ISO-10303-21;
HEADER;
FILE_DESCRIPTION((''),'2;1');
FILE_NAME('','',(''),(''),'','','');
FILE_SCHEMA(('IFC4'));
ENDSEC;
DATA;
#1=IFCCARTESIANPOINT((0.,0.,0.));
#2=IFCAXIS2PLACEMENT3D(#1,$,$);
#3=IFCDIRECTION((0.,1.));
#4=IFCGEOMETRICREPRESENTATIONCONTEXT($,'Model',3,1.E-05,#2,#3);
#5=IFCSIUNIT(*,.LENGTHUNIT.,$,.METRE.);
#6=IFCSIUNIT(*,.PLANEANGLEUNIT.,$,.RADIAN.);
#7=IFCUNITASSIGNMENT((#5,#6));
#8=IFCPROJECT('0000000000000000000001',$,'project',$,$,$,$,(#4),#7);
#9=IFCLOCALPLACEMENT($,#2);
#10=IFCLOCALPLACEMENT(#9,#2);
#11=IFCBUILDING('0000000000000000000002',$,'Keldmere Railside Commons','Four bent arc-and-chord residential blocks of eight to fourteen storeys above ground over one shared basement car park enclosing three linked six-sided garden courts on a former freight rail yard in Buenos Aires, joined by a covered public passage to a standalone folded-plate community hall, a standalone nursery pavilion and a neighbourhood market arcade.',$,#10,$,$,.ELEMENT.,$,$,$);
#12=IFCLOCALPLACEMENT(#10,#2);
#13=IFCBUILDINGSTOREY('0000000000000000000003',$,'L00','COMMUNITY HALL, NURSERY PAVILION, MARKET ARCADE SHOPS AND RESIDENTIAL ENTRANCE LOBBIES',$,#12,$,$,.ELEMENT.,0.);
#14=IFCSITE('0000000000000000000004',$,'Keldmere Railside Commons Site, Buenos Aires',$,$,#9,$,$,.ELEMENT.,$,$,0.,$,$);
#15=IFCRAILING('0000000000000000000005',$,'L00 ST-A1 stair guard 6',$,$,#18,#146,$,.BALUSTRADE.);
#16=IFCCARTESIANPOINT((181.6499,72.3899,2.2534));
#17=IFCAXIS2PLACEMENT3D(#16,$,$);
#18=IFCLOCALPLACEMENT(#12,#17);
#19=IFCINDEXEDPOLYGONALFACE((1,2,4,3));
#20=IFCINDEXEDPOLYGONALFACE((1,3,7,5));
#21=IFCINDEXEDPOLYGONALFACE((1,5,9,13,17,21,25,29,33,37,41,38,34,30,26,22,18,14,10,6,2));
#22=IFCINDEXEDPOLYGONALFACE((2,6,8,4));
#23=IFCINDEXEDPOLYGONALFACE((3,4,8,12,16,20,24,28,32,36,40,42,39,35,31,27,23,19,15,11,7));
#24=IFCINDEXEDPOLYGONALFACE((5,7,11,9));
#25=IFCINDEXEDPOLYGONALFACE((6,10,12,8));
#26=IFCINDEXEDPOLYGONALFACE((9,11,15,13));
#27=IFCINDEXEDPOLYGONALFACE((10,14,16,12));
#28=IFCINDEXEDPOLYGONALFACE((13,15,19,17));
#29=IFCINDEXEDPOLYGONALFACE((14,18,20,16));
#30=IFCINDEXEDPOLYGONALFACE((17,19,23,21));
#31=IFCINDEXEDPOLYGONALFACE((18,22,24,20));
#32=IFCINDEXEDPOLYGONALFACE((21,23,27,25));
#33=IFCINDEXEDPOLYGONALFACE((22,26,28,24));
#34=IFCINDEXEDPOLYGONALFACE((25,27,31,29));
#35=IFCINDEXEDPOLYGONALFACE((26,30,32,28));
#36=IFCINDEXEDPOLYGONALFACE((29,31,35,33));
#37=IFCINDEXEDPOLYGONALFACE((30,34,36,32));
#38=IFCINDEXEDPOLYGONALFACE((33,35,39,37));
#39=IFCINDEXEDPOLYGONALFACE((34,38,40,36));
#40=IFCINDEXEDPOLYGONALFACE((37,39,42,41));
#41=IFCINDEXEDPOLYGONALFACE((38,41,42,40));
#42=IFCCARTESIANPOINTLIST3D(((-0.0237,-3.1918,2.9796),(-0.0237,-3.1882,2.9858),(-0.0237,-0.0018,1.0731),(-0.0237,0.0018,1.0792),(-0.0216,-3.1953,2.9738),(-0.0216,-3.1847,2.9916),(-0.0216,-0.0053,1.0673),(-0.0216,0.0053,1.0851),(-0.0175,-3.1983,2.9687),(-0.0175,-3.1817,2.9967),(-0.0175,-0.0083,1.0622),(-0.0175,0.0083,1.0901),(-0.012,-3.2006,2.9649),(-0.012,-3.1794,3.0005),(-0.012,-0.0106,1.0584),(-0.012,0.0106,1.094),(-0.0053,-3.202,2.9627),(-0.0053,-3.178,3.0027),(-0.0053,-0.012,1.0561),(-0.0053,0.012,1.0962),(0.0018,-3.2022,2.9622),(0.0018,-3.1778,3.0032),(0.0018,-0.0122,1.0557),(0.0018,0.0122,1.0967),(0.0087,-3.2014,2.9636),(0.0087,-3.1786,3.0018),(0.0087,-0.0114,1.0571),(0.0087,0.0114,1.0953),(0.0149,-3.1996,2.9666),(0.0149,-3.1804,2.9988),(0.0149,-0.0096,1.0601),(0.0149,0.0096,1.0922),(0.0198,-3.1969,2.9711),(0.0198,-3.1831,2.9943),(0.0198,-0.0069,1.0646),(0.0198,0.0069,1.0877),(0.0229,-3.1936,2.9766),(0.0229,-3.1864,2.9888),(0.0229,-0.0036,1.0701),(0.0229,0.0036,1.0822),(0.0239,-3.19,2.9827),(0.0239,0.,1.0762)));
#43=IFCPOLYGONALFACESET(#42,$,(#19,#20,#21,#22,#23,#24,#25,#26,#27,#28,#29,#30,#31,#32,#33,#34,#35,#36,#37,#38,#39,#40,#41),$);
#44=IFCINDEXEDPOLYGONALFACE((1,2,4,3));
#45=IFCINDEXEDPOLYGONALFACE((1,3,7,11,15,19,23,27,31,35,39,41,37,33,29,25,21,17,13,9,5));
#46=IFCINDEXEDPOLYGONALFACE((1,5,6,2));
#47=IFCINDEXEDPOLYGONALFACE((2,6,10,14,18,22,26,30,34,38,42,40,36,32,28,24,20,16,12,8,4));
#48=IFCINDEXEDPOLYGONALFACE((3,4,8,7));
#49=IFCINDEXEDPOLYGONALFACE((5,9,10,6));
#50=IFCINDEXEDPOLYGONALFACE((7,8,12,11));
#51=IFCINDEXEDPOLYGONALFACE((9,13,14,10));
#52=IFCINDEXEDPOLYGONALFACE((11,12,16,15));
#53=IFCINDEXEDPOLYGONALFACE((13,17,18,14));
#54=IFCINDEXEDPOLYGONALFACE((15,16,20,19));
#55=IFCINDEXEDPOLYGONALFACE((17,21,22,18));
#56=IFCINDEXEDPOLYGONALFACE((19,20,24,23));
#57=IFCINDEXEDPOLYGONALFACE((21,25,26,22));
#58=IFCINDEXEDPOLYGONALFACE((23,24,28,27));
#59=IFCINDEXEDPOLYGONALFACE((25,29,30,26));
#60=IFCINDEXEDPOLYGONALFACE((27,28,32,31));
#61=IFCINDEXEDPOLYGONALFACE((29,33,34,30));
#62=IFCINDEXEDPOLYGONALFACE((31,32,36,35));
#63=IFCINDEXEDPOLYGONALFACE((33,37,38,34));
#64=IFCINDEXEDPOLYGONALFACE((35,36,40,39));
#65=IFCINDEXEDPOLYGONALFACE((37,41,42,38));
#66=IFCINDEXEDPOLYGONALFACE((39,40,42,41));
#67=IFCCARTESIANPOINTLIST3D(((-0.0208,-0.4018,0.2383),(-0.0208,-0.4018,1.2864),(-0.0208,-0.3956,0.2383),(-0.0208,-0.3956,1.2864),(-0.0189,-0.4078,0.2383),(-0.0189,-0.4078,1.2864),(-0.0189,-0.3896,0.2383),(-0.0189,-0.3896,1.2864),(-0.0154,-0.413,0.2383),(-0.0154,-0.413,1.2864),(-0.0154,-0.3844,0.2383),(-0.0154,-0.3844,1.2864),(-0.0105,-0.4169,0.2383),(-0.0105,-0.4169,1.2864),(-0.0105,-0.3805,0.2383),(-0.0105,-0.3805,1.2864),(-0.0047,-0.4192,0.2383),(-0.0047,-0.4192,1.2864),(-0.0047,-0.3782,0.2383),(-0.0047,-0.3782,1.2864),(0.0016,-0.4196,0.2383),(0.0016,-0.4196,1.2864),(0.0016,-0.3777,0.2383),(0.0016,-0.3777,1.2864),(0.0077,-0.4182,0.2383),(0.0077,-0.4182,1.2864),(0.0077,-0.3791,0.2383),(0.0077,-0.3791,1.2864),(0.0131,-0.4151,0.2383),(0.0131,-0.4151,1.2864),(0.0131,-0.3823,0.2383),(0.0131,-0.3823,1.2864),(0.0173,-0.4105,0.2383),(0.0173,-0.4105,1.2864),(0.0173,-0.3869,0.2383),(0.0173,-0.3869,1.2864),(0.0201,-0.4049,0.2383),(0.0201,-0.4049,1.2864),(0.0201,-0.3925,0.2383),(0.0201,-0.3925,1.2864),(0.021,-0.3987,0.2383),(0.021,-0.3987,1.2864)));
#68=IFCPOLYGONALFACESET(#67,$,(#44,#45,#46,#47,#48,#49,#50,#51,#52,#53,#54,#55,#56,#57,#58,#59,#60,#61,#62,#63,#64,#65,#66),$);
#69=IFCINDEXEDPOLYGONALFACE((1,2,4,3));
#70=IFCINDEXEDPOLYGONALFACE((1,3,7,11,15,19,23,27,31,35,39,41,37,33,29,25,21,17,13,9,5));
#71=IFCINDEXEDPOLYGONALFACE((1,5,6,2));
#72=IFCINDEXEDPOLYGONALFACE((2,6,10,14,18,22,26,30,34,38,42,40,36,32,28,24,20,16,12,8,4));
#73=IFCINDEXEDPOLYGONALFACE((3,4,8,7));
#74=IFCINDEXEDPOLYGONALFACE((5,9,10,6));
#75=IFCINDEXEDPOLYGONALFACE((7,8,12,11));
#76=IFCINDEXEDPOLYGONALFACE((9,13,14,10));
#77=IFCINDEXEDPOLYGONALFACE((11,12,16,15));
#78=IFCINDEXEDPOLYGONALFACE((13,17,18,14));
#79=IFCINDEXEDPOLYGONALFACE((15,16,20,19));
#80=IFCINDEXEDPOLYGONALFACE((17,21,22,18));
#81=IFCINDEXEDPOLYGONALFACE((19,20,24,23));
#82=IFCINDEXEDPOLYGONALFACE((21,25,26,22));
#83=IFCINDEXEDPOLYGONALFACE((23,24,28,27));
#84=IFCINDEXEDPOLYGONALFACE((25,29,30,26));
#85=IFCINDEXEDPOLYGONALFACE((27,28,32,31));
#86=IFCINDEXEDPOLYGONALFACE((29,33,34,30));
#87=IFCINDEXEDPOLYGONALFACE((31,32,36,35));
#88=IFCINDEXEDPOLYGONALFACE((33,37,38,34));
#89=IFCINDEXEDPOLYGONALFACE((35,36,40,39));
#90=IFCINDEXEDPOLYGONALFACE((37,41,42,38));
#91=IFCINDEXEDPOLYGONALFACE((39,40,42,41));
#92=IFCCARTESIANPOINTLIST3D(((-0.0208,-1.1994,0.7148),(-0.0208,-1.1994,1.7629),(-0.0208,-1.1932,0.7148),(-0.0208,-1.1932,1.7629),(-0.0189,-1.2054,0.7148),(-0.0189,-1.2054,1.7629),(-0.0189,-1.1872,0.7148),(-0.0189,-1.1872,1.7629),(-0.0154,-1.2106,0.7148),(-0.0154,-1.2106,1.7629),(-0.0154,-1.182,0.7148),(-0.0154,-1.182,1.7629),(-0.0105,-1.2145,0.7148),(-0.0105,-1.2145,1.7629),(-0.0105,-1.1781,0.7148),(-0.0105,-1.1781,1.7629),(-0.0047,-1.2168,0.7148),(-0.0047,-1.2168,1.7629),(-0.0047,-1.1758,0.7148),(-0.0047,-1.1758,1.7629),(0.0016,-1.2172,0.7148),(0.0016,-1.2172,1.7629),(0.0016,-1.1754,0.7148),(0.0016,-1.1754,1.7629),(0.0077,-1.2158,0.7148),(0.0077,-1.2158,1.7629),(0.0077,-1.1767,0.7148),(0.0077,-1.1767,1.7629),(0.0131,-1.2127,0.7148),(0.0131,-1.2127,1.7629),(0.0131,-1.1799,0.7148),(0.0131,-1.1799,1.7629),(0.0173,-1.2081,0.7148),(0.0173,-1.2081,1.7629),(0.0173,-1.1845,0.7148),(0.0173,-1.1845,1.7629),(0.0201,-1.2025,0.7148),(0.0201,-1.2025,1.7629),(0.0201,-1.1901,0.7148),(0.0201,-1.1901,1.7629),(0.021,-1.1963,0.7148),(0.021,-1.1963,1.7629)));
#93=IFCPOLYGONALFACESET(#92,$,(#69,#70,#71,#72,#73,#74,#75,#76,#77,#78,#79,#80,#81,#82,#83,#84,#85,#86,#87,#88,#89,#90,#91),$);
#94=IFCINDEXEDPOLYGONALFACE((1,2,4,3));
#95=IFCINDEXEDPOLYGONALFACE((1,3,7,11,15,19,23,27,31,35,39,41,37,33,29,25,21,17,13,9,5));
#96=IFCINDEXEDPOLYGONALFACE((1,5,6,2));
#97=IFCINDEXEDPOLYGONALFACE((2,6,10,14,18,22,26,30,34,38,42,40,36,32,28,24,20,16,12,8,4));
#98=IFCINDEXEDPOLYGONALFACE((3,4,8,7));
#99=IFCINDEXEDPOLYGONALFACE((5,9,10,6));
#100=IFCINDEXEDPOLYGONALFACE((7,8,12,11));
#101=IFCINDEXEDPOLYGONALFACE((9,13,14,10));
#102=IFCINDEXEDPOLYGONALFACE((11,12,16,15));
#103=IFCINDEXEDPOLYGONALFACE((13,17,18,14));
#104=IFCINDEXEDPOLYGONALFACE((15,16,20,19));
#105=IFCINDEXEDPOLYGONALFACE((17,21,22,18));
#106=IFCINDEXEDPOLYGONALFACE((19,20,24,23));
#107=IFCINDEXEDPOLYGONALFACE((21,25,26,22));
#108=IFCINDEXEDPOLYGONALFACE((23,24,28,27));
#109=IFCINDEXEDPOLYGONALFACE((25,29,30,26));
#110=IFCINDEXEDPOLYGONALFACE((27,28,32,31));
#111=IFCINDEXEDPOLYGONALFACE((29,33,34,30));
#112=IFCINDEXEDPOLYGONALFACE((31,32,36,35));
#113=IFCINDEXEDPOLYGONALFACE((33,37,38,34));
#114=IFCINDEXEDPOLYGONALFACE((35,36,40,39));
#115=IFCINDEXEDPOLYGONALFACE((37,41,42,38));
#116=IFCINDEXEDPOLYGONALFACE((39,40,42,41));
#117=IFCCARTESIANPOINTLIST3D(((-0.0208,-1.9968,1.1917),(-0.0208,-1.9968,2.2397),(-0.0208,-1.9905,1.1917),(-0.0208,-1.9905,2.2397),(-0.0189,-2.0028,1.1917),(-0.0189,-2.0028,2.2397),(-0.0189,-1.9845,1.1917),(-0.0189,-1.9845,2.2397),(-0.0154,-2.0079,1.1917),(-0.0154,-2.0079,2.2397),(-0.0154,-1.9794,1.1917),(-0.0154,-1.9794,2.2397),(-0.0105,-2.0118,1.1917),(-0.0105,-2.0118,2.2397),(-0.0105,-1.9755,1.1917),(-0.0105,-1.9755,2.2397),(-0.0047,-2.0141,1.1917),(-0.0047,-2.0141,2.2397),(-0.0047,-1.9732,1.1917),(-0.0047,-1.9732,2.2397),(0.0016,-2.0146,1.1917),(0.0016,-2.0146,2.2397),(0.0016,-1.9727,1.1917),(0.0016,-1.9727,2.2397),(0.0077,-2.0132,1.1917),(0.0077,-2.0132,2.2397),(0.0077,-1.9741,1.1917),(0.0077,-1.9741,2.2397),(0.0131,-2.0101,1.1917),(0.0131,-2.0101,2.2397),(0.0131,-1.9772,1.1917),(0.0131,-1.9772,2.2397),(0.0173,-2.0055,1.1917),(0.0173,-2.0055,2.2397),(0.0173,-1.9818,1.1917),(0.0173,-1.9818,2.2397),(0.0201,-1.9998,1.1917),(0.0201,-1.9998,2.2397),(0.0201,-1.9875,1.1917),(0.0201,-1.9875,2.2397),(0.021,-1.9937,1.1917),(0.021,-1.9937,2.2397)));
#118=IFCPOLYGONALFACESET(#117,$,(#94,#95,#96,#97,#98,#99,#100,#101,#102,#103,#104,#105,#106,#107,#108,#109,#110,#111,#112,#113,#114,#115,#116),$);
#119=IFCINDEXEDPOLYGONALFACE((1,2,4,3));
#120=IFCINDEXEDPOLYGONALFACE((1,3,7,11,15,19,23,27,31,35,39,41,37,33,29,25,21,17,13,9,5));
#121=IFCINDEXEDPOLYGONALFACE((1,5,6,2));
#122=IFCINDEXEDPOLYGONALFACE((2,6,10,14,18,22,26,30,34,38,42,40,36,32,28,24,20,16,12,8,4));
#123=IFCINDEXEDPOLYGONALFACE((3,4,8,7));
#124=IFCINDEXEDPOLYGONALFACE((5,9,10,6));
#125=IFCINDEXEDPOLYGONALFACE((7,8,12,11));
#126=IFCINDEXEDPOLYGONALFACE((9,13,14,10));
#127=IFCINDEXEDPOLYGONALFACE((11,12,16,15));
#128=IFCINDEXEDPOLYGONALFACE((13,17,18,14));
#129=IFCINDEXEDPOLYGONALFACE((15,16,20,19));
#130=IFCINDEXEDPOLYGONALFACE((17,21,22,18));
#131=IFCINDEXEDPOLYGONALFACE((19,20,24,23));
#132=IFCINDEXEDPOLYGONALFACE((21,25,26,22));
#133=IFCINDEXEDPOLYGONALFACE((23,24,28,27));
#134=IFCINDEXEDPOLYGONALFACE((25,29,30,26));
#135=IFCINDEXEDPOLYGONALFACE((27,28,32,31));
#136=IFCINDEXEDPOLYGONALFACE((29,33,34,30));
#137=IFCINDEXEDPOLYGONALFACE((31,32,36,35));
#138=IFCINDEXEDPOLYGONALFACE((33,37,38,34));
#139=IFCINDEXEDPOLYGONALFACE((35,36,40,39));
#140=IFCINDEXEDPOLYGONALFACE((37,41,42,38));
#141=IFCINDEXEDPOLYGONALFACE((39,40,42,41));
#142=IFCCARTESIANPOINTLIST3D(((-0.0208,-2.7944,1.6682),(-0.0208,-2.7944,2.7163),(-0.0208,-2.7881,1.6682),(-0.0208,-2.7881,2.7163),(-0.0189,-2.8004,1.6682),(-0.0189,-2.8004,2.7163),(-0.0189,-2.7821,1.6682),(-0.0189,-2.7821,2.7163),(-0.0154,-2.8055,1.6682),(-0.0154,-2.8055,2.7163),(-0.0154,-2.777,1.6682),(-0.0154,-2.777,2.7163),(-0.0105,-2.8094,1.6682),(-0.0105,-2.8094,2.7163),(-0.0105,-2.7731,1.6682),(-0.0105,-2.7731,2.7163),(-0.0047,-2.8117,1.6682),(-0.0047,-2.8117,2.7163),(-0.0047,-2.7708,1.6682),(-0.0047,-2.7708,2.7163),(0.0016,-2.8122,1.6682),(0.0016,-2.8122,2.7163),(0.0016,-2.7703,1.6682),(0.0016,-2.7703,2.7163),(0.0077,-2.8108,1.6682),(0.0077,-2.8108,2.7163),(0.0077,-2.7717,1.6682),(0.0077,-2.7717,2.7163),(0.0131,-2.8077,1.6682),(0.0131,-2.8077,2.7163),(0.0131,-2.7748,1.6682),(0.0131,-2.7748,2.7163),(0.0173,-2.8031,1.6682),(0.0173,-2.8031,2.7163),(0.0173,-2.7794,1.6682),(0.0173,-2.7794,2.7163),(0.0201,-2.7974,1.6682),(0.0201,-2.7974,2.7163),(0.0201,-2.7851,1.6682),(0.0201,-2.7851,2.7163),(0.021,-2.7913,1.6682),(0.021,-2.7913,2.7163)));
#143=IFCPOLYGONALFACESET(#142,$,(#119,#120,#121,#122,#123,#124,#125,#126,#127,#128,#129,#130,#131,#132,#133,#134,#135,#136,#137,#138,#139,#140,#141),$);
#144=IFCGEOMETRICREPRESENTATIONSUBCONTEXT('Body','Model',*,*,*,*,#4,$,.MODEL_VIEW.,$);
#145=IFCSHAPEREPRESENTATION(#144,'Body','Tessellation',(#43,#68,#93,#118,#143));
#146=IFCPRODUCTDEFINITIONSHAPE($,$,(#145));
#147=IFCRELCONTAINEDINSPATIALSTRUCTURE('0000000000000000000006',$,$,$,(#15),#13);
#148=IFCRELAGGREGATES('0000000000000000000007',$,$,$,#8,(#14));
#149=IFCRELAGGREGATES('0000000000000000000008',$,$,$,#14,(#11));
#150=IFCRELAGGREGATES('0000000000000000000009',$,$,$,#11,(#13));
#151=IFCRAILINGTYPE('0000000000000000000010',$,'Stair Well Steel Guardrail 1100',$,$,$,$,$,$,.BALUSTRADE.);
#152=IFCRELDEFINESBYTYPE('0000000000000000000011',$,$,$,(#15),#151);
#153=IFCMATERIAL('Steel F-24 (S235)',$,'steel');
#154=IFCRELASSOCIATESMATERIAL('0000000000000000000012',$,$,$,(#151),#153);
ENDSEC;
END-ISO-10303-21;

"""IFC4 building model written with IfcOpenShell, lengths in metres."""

from ifc_helpers import new_model, si_unit, direction, frame, origin, origin_2d, place, context, subcontext, project, spatial, circle, extrude, material, type_object, element, save


model = new_model("IFC4")

# Units and contexts
model_context = context("Model", 3, precision=1e-05, world=origin(), true_north=direction((0.0, 1.0)))
body_context = subcontext(model_context, "Body", "Model", "MODEL_VIEW")
ifc_project = project(units=[si_unit("LENGTHUNIT", "METRE"), si_unit("PLANEANGLEUNIT", "RADIAN")], contexts=[model_context])

# Site, building, storey
site_placement = place(None, origin())
site = spatial("IfcSite", under=ifc_project, at=site_placement, Name="Keldmere Railside Commons Site, Buenos Aires", CompositionType="ELEMENT", RefElevation=0.0)
building_placement = place(site_placement, origin())
building = spatial("IfcBuilding", under=site, at=building_placement, Name="Keldmere Railside Commons", Description="Four bent arc-and-chord residential blocks of eight to fourteen storeys above ground over one shared basement car park enclosing three linked six-sided garden courts on a former freight rail yard in Buenos Aires, joined by a covered public passage to a standalone folded-plate community hall, a standalone nursery pavilion and a neighbourhood market arcade.", CompositionType="ELEMENT")
storey_placement = place(building_placement, origin())
storey = spatial("IfcBuildingStorey", under=building, at=storey_placement, Name="L00", Description="COMMUNITY HALL, NURSERY PAVILION, MARKET ARCADE SHOPS AND RESIDENTIAL ENTRANCE LOBBIES", CompositionType="ELEMENT", Elevation=0.0)

# Shared definitions
ifc_material_1 = material(Name="Steel F-24 (S235)", Category="steel")

# Railing
railing_type_1 = type_object("IfcRailingType", Name="Stair Well Steel Guardrail 1100", PredefinedType="BALUSTRADE", material=ifc_material_1)
railing_1_placement = place(storey_placement, frame((181.6499, 72.3899, 2.2534)))
element("IfcRailing", 1, at=railing_1_placement, inside=storey, type_object=railing_type_1, Name="L00 ST-A1 stair guard 6", PredefinedType="BALUSTRADE", context=body_context, shape_type="SweptSolid", body=[
    extrude(circle(Radius=0.0239, at=origin_2d()), frame((0.0, 0.0, 1.0762), z_axis=(0.0, -0.858379, 0.513017), x_axis=(1.0, 0.0, 0.0)), (0.0, 0.0, 1.0), 3.7163),
    extrude(circle(Radius=0.021, at=origin_2d()), frame((0.0, -0.3987, 0.2383)), (0.0, 0.0, 1.0), 1.0481),
    extrude(circle(Radius=0.021, at=origin_2d()), frame((0.0, -1.1963, 0.7148)), (0.0, 0.0, 1.0), 1.0481),
    extrude(circle(Radius=0.021, at=origin_2d()), frame((0.0, -1.9937, 1.1917)), (0.0, 0.0, 1.0), 1.0481),
    extrude(circle(Radius=0.021, at=origin_2d()), frame((0.0, -2.7913, 1.6682)), (0.0, 0.0, 1.0), 1.0481),
])

save(model, "model.ifc")
